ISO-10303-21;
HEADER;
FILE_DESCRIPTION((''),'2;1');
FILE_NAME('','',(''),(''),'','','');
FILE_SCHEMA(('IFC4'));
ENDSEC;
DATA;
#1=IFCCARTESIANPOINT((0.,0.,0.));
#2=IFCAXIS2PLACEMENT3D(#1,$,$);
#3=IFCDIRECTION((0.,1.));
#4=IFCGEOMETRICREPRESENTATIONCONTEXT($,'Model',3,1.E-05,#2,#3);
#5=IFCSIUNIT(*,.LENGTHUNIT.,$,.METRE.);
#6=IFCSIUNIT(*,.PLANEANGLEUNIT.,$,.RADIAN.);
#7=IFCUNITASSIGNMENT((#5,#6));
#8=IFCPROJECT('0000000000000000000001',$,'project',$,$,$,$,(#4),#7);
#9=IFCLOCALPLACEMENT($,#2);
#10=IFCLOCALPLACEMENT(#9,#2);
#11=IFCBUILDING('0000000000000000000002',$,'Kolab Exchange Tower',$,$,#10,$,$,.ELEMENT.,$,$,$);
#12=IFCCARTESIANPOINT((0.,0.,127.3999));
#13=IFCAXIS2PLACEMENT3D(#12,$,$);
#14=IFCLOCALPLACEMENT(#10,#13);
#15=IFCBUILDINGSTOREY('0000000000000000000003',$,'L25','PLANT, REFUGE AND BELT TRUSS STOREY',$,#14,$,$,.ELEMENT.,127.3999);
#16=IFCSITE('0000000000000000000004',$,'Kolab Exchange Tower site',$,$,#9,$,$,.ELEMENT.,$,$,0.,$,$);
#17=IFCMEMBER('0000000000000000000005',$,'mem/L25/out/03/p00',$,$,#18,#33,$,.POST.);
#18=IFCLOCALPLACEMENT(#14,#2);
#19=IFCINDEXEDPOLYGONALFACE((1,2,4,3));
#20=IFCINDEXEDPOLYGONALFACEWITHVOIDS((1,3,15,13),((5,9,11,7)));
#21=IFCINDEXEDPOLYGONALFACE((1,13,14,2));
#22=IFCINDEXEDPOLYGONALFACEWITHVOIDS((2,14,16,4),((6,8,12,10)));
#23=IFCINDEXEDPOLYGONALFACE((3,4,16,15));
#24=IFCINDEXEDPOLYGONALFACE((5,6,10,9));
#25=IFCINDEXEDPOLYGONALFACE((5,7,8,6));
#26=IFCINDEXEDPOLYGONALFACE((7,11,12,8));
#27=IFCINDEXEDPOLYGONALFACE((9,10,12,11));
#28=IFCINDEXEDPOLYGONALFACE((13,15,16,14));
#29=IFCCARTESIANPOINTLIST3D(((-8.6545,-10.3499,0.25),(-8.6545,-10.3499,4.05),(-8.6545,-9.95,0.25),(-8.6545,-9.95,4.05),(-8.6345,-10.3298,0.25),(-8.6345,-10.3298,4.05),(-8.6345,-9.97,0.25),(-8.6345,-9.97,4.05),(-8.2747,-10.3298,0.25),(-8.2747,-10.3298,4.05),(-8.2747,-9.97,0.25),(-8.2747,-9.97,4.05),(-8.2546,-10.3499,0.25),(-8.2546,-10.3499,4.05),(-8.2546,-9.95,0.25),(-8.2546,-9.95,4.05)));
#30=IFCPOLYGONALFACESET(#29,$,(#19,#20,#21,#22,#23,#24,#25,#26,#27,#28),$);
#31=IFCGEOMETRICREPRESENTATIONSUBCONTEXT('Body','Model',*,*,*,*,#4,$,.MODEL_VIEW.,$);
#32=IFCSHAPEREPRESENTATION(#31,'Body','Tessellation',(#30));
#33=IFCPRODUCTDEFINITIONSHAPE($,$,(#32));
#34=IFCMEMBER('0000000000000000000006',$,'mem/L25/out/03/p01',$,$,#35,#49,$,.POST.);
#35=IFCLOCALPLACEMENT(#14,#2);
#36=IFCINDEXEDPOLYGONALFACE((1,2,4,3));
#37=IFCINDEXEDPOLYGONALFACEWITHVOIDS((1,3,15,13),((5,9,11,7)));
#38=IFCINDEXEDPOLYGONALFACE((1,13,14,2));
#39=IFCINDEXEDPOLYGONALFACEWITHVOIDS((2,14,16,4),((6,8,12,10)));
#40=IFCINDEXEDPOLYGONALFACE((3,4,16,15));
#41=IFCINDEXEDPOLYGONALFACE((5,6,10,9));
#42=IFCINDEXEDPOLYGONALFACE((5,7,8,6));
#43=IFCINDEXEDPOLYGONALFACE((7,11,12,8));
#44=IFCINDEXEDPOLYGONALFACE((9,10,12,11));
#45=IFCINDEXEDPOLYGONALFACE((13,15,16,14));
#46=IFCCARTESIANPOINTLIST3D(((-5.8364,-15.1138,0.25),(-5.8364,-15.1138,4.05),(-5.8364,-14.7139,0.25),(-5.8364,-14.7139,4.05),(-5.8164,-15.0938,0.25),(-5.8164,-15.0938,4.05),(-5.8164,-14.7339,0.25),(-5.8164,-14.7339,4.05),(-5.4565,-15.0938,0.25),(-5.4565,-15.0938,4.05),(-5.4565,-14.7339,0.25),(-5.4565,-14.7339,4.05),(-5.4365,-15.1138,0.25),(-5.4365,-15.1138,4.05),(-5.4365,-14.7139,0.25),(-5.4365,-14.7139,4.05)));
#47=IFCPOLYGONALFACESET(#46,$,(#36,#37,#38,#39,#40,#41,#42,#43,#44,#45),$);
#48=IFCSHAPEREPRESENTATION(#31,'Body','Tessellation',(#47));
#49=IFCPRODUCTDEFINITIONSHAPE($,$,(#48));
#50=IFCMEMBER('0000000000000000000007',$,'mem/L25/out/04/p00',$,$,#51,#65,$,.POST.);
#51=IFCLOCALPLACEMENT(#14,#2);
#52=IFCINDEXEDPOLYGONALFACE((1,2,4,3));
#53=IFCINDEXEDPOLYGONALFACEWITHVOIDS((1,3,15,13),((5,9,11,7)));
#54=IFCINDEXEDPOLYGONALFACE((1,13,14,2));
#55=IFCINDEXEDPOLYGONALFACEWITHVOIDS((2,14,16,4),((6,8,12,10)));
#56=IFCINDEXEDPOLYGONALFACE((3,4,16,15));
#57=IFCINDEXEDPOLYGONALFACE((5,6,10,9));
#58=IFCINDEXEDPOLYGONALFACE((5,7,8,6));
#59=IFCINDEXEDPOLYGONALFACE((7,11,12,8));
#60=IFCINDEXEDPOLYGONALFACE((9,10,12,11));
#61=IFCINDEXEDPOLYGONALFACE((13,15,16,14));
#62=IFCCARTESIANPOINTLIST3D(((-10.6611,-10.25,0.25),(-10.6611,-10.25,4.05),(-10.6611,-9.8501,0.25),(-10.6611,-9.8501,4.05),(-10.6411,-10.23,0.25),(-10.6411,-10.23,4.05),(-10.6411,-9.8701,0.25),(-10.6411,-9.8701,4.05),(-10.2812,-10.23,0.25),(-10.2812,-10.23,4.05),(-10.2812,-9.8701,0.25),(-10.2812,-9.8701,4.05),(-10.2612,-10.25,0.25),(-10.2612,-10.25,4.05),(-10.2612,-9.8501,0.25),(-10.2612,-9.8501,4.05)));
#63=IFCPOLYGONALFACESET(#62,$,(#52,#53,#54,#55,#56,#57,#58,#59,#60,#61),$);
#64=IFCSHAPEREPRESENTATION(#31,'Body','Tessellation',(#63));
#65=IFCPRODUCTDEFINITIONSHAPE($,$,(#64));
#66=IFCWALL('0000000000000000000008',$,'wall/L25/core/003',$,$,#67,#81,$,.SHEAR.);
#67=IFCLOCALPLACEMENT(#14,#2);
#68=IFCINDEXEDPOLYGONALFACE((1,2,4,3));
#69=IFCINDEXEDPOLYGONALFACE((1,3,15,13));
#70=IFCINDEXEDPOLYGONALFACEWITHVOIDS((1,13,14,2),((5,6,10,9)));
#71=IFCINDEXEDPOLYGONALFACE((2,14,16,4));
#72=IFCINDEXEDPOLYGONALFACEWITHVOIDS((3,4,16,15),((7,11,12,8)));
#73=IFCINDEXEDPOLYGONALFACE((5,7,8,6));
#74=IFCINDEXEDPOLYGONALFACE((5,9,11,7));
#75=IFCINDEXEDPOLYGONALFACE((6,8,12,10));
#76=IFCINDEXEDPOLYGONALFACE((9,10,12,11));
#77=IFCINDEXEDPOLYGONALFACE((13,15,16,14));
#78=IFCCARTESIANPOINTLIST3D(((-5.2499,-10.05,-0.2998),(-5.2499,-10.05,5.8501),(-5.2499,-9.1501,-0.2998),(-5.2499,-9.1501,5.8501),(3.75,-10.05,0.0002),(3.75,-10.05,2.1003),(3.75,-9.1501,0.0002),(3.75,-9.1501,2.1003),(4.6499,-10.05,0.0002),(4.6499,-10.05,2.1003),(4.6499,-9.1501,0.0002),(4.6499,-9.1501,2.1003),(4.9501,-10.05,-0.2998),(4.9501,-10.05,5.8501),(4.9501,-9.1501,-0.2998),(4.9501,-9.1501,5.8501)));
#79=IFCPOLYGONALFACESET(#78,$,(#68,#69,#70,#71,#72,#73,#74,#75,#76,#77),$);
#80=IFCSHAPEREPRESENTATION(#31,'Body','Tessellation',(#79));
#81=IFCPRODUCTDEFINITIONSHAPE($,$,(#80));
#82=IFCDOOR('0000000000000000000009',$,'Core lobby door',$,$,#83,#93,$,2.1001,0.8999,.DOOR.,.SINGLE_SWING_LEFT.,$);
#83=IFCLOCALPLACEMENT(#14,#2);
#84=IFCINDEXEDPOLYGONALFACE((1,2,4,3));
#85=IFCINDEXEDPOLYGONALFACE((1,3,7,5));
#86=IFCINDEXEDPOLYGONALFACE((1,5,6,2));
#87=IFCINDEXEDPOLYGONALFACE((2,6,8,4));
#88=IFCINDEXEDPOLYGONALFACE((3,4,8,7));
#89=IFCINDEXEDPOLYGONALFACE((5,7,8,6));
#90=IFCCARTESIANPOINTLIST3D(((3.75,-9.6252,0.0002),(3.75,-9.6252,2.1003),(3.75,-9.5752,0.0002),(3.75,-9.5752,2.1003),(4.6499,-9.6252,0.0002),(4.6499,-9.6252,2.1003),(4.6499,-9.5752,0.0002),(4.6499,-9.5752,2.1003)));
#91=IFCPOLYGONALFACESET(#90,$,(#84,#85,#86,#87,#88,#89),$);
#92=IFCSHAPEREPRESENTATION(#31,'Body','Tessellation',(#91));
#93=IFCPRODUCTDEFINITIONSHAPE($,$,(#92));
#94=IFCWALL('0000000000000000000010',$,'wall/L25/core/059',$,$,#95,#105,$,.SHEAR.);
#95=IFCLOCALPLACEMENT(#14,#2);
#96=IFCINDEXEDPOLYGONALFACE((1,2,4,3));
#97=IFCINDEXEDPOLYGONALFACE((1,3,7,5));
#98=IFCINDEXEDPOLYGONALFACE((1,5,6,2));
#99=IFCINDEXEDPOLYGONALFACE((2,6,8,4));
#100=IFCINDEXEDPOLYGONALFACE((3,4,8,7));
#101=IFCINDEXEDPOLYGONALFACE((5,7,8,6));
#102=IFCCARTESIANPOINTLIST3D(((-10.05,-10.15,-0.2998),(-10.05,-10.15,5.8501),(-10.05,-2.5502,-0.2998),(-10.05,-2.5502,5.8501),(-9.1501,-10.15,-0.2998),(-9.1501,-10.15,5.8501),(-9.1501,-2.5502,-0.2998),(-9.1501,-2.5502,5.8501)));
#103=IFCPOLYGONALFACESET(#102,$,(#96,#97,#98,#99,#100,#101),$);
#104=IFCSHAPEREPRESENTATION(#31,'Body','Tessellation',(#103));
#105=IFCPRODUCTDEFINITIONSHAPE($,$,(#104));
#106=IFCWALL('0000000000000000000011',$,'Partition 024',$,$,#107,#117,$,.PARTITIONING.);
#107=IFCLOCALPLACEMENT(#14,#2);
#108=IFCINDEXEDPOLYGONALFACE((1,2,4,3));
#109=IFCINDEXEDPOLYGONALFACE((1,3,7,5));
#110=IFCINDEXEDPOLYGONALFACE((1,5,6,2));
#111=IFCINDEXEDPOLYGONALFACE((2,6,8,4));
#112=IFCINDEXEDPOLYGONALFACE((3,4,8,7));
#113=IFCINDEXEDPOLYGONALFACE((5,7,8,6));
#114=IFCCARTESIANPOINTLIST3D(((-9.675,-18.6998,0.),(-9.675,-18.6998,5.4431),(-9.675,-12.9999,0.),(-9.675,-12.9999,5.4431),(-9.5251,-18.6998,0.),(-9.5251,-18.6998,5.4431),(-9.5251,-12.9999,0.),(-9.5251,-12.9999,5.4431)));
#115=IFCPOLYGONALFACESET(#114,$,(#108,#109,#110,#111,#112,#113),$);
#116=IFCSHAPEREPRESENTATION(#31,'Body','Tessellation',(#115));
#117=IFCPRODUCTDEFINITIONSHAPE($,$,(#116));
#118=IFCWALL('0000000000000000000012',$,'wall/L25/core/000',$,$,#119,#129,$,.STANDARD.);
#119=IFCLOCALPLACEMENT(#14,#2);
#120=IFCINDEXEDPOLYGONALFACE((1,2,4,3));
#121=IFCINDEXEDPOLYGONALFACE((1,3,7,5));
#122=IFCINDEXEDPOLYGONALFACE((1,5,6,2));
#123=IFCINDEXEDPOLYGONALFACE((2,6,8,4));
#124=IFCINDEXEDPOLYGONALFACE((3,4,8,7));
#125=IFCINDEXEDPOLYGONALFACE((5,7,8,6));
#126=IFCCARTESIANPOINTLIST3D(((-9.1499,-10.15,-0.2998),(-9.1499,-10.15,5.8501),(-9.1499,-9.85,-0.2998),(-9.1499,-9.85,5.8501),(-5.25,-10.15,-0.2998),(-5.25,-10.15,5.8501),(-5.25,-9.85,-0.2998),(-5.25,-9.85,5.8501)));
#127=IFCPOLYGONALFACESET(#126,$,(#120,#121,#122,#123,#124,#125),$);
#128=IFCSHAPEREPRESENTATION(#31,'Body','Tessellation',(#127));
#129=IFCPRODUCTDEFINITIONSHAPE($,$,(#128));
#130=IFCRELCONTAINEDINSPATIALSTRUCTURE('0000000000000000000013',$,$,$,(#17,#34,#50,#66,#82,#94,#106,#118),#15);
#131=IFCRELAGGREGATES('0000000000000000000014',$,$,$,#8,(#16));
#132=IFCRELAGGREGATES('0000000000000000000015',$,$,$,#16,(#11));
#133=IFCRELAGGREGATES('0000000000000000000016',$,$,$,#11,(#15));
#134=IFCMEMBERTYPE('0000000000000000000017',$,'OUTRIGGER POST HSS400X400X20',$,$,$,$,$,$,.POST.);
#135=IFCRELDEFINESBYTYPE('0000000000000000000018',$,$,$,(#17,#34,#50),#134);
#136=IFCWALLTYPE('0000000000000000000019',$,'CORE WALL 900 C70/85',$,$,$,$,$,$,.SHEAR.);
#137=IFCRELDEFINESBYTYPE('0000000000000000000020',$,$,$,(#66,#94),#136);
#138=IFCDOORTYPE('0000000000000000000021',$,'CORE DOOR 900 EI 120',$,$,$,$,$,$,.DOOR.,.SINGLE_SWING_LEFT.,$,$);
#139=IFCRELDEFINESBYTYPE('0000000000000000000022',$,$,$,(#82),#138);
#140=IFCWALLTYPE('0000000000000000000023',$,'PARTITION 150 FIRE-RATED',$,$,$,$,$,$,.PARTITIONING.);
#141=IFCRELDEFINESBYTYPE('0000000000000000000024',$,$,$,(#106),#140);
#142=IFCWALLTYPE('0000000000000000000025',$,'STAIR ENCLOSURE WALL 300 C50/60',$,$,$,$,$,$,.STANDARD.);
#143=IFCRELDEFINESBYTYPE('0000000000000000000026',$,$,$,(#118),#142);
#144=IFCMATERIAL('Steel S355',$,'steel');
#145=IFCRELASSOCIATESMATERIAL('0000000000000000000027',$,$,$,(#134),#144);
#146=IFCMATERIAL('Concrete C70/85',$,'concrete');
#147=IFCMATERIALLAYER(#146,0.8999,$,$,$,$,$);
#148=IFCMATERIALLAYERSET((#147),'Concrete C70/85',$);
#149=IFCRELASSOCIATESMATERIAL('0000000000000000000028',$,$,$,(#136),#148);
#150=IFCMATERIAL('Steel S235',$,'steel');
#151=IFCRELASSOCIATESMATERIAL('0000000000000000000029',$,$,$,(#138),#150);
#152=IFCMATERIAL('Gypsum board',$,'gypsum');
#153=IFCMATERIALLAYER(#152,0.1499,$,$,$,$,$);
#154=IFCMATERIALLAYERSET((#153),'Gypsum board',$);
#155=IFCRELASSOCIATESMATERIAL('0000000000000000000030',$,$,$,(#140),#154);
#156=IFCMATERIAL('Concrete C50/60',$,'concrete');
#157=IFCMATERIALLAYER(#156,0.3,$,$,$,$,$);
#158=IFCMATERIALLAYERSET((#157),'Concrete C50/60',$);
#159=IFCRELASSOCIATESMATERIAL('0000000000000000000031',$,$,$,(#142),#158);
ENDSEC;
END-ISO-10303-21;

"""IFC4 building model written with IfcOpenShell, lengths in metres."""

from ifc_helpers import new_model, si_unit, direction, frame, frame_2d, origin, origin_2d, place, context, subcontext, project, spatial, rectangle, hollow_rectangle, extrude, material, layer, layer_set, material_profile, profile_set, type_object, element, fill, save


model = new_model("IFC4")

# Units and contexts
model_context = context("Model", 3, precision=1e-05, world=origin(), true_north=direction((0.0, 1.0)))
body_context = subcontext(model_context, "Body", "Model", "MODEL_VIEW")
ifc_project = project(units=[si_unit("LENGTHUNIT", "METRE"), si_unit("PLANEANGLEUNIT", "RADIAN")], contexts=[model_context])

# Site, building, storey
site_placement = place(None, origin())
site = spatial("IfcSite", under=ifc_project, at=site_placement, Name="Kolab Exchange Tower site", CompositionType="ELEMENT", RefElevation=0.0)
building_placement = place(site_placement, origin())
building = spatial("IfcBuilding", under=site, at=building_placement, Name="Kolab Exchange Tower", CompositionType="ELEMENT")
storey_placement = place(building_placement, frame((0.0, 0.0, 127.3999)))
storey = spatial("IfcBuildingStorey", under=building, at=storey_placement, Name="L25", Description="PLANT, REFUGE AND BELT TRUSS STOREY", CompositionType="ELEMENT", Elevation=127.3999)

# Shared definitions
ifc_material_1 = material(Name="Steel S355", Category="steel")

# Members
ifc_material_profile_1 = material_profile(ifc_material_1, hollow_rectangle(XDim=0.3999, YDim=0.3999, WallThickness=0.02, at=origin_2d()), Name="HSS400X400X20")
ifc_profile_set_1 = profile_set([ifc_material_profile_1], Name="Steel S355")
member_type_1 = type_object("IfcMemberType", Name="OUTRIGGER POST HSS400X400X20", PredefinedType="POST", material=ifc_profile_set_1)
for number, where, z_axis, x_axis, name in (
    (1, (-8.4546, -10.1499, 0.25), (0.0, 0.0, 1.0), (1.0, 0.0, 0.0), "mem/L25/out/03/p00"),
    (2, (-5.6365, -14.9138, 0.25), (0.0, 0.0, 1.0), (1.0, 0.0, 0.0), "mem/L25/out/03/p01"),
    (3, (-10.4612, -10.05, 0.25), (0.0, 0.0, 1.0), (1.0, 0.0, 0.0), "mem/L25/out/04/p00"),
):
    element("IfcMember", number, at=place(storey_placement, frame(where, z_axis=z_axis, x_axis=x_axis)), inside=storey, type_object=member_type_1, Name=name, PredefinedType="POST", context=body_context, shape_type="SweptSolid", body=[
        extrude(hollow_rectangle(XDim=0.3999, YDim=0.3999, WallThickness=0.02, at=origin_2d()), origin(), (0.0, 0.0, 1.0), 3.8),
    ])

# Wall, opening, door
ifc_material_2 = material(Name="Concrete C70/85", Category="concrete")
ifc_layer_1 = layer(ifc_material_2, 0.8999)
ifc_layer_set_1 = layer_set([ifc_layer_1], Name="Concrete C70/85")
wall_type_1 = type_object("IfcWallType", Name="CORE WALL 900 C70/85", PredefinedType="SHEAR", material=ifc_layer_set_1)
wall_1_placement = place(storey_placement, frame((-5.25, -9.6001, -0.2998), z_axis=(0.0, 0.0, 1.0), x_axis=(1.0, 0.0, 0.0)))
wall_1 = element("IfcWall", 4, at=wall_1_placement, inside=storey, type_object=wall_type_1, Name="wall/L25/core/003", PredefinedType="SHEAR", context=body_context, shape_type="SweptSolid", body=[
    extrude(rectangle(XDim=10.2, YDim=0.8999, at=frame_2d((5.1001, 0.0))), origin(), (0.0, 0.0, 1.0), 6.1499),
])
opening_placement = place(wall_1_placement, frame((9.0, 0.0, 0.3)))
opening = element("IfcOpeningElement", 5, at=opening_placement, cuts=wall_1, PredefinedType="OPENING", context=body_context, shape_type="SweptSolid", body=[
    extrude(rectangle(XDim=0.8999, YDim=2.1001, at=frame_2d((0.45, 1.05))), frame((0.0, 0.46, 0.0), z_axis=(0.0, -1.0, 0.0), x_axis=(1.0, 0.0, 0.0)), (0.0, 0.0, 1.0), 0.9199),
])
ifc_material_3 = material(Name="Steel S235", Category="steel")
door_type = type_object("IfcDoorType", Name="CORE DOOR 900 EI 120", OperationType="SINGLE_SWING_LEFT", PredefinedType="DOOR", material=ifc_material_3)
door_placement = place(opening_placement, origin())
door = element("IfcDoor", 6, at=door_placement, inside=storey, type_object=door_type, Name="Core lobby door", OperationType="SINGLE_SWING_LEFT", OverallHeight=2.1001, OverallWidth=0.8999, PredefinedType="DOOR", context=body_context, shape_type="SweptSolid", body=[
    extrude(rectangle(XDim=0.8999, YDim=2.1001, at=frame_2d((0.45, 1.05))), frame((0.0, 0.0249, 0.0), z_axis=(0.0, -1.0, 0.0), x_axis=(1.0, 0.0, 0.0)), (0.0, 0.0, 1.0), 0.05),
])
fill(opening, door)

# Walls
wall_2_placement = place(storey_placement, frame((-9.6001, -10.1499, -0.2998), z_axis=(0.0, 0.0, 1.0), x_axis=(0.0, 1.0, 0.0)))
element("IfcWall", 7, at=wall_2_placement, inside=storey, type_object=wall_type_1, Name="wall/L25/core/059", PredefinedType="SHEAR", context=body_context, shape_type="SweptSolid", body=[
    extrude(rectangle(XDim=7.5999, YDim=0.8999, at=frame_2d((3.7998, 0.0))), origin(), (0.0, 0.0, 1.0), 6.1499),
])
ifc_material_4 = material(Name="Gypsum board", Category="gypsum")
ifc_layer_2 = layer(ifc_material_4, 0.1499)
ifc_layer_set_2 = layer_set([ifc_layer_2], Name="Gypsum board")
wall_type_2 = type_object("IfcWallType", Name="PARTITION 150 FIRE-RATED", PredefinedType="PARTITIONING", material=ifc_layer_set_2)
wall_3_placement = place(storey_placement, frame((-9.6001, -18.7, 0.0), z_axis=(0.0, 0.0, 1.0), x_axis=(0.0, 1.0, 0.0)))
element("IfcWall", 8, at=wall_3_placement, inside=storey, type_object=wall_type_2, Name="Partition 024", PredefinedType="PARTITIONING", context=body_context, shape_type="SweptSolid", body=[
    extrude(rectangle(XDim=5.7, YDim=0.1499, at=frame_2d((2.8501, 0.0))), origin(), (0.0, 0.0, 1.0), 5.4431),
])
ifc_material_5 = material(Name="Concrete C50/60", Category="concrete")
ifc_layer_3 = layer(ifc_material_5, 0.3)
ifc_layer_set_3 = layer_set([ifc_layer_3], Name="Concrete C50/60")
wall_type_3 = type_object("IfcWallType", Name="STAIR ENCLOSURE WALL 300 C50/60", PredefinedType="STANDARD", material=ifc_layer_set_3)
wall_4_placement = place(storey_placement, frame((-9.1499, -10.0, -0.2998), z_axis=(0.0, 0.0, 1.0), x_axis=(1.0, 0.0, 0.0)))
element("IfcWall", 9, at=wall_4_placement, inside=storey, type_object=wall_type_3, Name="wall/L25/core/000", PredefinedType="STANDARD", context=body_context, shape_type="SweptSolid", body=[
    extrude(rectangle(XDim=3.8999, YDim=0.3, at=frame_2d((1.95, 0.0))), origin(), (0.0, 0.0, 1.0), 6.1499),
])

save(model, "model.ifc")
